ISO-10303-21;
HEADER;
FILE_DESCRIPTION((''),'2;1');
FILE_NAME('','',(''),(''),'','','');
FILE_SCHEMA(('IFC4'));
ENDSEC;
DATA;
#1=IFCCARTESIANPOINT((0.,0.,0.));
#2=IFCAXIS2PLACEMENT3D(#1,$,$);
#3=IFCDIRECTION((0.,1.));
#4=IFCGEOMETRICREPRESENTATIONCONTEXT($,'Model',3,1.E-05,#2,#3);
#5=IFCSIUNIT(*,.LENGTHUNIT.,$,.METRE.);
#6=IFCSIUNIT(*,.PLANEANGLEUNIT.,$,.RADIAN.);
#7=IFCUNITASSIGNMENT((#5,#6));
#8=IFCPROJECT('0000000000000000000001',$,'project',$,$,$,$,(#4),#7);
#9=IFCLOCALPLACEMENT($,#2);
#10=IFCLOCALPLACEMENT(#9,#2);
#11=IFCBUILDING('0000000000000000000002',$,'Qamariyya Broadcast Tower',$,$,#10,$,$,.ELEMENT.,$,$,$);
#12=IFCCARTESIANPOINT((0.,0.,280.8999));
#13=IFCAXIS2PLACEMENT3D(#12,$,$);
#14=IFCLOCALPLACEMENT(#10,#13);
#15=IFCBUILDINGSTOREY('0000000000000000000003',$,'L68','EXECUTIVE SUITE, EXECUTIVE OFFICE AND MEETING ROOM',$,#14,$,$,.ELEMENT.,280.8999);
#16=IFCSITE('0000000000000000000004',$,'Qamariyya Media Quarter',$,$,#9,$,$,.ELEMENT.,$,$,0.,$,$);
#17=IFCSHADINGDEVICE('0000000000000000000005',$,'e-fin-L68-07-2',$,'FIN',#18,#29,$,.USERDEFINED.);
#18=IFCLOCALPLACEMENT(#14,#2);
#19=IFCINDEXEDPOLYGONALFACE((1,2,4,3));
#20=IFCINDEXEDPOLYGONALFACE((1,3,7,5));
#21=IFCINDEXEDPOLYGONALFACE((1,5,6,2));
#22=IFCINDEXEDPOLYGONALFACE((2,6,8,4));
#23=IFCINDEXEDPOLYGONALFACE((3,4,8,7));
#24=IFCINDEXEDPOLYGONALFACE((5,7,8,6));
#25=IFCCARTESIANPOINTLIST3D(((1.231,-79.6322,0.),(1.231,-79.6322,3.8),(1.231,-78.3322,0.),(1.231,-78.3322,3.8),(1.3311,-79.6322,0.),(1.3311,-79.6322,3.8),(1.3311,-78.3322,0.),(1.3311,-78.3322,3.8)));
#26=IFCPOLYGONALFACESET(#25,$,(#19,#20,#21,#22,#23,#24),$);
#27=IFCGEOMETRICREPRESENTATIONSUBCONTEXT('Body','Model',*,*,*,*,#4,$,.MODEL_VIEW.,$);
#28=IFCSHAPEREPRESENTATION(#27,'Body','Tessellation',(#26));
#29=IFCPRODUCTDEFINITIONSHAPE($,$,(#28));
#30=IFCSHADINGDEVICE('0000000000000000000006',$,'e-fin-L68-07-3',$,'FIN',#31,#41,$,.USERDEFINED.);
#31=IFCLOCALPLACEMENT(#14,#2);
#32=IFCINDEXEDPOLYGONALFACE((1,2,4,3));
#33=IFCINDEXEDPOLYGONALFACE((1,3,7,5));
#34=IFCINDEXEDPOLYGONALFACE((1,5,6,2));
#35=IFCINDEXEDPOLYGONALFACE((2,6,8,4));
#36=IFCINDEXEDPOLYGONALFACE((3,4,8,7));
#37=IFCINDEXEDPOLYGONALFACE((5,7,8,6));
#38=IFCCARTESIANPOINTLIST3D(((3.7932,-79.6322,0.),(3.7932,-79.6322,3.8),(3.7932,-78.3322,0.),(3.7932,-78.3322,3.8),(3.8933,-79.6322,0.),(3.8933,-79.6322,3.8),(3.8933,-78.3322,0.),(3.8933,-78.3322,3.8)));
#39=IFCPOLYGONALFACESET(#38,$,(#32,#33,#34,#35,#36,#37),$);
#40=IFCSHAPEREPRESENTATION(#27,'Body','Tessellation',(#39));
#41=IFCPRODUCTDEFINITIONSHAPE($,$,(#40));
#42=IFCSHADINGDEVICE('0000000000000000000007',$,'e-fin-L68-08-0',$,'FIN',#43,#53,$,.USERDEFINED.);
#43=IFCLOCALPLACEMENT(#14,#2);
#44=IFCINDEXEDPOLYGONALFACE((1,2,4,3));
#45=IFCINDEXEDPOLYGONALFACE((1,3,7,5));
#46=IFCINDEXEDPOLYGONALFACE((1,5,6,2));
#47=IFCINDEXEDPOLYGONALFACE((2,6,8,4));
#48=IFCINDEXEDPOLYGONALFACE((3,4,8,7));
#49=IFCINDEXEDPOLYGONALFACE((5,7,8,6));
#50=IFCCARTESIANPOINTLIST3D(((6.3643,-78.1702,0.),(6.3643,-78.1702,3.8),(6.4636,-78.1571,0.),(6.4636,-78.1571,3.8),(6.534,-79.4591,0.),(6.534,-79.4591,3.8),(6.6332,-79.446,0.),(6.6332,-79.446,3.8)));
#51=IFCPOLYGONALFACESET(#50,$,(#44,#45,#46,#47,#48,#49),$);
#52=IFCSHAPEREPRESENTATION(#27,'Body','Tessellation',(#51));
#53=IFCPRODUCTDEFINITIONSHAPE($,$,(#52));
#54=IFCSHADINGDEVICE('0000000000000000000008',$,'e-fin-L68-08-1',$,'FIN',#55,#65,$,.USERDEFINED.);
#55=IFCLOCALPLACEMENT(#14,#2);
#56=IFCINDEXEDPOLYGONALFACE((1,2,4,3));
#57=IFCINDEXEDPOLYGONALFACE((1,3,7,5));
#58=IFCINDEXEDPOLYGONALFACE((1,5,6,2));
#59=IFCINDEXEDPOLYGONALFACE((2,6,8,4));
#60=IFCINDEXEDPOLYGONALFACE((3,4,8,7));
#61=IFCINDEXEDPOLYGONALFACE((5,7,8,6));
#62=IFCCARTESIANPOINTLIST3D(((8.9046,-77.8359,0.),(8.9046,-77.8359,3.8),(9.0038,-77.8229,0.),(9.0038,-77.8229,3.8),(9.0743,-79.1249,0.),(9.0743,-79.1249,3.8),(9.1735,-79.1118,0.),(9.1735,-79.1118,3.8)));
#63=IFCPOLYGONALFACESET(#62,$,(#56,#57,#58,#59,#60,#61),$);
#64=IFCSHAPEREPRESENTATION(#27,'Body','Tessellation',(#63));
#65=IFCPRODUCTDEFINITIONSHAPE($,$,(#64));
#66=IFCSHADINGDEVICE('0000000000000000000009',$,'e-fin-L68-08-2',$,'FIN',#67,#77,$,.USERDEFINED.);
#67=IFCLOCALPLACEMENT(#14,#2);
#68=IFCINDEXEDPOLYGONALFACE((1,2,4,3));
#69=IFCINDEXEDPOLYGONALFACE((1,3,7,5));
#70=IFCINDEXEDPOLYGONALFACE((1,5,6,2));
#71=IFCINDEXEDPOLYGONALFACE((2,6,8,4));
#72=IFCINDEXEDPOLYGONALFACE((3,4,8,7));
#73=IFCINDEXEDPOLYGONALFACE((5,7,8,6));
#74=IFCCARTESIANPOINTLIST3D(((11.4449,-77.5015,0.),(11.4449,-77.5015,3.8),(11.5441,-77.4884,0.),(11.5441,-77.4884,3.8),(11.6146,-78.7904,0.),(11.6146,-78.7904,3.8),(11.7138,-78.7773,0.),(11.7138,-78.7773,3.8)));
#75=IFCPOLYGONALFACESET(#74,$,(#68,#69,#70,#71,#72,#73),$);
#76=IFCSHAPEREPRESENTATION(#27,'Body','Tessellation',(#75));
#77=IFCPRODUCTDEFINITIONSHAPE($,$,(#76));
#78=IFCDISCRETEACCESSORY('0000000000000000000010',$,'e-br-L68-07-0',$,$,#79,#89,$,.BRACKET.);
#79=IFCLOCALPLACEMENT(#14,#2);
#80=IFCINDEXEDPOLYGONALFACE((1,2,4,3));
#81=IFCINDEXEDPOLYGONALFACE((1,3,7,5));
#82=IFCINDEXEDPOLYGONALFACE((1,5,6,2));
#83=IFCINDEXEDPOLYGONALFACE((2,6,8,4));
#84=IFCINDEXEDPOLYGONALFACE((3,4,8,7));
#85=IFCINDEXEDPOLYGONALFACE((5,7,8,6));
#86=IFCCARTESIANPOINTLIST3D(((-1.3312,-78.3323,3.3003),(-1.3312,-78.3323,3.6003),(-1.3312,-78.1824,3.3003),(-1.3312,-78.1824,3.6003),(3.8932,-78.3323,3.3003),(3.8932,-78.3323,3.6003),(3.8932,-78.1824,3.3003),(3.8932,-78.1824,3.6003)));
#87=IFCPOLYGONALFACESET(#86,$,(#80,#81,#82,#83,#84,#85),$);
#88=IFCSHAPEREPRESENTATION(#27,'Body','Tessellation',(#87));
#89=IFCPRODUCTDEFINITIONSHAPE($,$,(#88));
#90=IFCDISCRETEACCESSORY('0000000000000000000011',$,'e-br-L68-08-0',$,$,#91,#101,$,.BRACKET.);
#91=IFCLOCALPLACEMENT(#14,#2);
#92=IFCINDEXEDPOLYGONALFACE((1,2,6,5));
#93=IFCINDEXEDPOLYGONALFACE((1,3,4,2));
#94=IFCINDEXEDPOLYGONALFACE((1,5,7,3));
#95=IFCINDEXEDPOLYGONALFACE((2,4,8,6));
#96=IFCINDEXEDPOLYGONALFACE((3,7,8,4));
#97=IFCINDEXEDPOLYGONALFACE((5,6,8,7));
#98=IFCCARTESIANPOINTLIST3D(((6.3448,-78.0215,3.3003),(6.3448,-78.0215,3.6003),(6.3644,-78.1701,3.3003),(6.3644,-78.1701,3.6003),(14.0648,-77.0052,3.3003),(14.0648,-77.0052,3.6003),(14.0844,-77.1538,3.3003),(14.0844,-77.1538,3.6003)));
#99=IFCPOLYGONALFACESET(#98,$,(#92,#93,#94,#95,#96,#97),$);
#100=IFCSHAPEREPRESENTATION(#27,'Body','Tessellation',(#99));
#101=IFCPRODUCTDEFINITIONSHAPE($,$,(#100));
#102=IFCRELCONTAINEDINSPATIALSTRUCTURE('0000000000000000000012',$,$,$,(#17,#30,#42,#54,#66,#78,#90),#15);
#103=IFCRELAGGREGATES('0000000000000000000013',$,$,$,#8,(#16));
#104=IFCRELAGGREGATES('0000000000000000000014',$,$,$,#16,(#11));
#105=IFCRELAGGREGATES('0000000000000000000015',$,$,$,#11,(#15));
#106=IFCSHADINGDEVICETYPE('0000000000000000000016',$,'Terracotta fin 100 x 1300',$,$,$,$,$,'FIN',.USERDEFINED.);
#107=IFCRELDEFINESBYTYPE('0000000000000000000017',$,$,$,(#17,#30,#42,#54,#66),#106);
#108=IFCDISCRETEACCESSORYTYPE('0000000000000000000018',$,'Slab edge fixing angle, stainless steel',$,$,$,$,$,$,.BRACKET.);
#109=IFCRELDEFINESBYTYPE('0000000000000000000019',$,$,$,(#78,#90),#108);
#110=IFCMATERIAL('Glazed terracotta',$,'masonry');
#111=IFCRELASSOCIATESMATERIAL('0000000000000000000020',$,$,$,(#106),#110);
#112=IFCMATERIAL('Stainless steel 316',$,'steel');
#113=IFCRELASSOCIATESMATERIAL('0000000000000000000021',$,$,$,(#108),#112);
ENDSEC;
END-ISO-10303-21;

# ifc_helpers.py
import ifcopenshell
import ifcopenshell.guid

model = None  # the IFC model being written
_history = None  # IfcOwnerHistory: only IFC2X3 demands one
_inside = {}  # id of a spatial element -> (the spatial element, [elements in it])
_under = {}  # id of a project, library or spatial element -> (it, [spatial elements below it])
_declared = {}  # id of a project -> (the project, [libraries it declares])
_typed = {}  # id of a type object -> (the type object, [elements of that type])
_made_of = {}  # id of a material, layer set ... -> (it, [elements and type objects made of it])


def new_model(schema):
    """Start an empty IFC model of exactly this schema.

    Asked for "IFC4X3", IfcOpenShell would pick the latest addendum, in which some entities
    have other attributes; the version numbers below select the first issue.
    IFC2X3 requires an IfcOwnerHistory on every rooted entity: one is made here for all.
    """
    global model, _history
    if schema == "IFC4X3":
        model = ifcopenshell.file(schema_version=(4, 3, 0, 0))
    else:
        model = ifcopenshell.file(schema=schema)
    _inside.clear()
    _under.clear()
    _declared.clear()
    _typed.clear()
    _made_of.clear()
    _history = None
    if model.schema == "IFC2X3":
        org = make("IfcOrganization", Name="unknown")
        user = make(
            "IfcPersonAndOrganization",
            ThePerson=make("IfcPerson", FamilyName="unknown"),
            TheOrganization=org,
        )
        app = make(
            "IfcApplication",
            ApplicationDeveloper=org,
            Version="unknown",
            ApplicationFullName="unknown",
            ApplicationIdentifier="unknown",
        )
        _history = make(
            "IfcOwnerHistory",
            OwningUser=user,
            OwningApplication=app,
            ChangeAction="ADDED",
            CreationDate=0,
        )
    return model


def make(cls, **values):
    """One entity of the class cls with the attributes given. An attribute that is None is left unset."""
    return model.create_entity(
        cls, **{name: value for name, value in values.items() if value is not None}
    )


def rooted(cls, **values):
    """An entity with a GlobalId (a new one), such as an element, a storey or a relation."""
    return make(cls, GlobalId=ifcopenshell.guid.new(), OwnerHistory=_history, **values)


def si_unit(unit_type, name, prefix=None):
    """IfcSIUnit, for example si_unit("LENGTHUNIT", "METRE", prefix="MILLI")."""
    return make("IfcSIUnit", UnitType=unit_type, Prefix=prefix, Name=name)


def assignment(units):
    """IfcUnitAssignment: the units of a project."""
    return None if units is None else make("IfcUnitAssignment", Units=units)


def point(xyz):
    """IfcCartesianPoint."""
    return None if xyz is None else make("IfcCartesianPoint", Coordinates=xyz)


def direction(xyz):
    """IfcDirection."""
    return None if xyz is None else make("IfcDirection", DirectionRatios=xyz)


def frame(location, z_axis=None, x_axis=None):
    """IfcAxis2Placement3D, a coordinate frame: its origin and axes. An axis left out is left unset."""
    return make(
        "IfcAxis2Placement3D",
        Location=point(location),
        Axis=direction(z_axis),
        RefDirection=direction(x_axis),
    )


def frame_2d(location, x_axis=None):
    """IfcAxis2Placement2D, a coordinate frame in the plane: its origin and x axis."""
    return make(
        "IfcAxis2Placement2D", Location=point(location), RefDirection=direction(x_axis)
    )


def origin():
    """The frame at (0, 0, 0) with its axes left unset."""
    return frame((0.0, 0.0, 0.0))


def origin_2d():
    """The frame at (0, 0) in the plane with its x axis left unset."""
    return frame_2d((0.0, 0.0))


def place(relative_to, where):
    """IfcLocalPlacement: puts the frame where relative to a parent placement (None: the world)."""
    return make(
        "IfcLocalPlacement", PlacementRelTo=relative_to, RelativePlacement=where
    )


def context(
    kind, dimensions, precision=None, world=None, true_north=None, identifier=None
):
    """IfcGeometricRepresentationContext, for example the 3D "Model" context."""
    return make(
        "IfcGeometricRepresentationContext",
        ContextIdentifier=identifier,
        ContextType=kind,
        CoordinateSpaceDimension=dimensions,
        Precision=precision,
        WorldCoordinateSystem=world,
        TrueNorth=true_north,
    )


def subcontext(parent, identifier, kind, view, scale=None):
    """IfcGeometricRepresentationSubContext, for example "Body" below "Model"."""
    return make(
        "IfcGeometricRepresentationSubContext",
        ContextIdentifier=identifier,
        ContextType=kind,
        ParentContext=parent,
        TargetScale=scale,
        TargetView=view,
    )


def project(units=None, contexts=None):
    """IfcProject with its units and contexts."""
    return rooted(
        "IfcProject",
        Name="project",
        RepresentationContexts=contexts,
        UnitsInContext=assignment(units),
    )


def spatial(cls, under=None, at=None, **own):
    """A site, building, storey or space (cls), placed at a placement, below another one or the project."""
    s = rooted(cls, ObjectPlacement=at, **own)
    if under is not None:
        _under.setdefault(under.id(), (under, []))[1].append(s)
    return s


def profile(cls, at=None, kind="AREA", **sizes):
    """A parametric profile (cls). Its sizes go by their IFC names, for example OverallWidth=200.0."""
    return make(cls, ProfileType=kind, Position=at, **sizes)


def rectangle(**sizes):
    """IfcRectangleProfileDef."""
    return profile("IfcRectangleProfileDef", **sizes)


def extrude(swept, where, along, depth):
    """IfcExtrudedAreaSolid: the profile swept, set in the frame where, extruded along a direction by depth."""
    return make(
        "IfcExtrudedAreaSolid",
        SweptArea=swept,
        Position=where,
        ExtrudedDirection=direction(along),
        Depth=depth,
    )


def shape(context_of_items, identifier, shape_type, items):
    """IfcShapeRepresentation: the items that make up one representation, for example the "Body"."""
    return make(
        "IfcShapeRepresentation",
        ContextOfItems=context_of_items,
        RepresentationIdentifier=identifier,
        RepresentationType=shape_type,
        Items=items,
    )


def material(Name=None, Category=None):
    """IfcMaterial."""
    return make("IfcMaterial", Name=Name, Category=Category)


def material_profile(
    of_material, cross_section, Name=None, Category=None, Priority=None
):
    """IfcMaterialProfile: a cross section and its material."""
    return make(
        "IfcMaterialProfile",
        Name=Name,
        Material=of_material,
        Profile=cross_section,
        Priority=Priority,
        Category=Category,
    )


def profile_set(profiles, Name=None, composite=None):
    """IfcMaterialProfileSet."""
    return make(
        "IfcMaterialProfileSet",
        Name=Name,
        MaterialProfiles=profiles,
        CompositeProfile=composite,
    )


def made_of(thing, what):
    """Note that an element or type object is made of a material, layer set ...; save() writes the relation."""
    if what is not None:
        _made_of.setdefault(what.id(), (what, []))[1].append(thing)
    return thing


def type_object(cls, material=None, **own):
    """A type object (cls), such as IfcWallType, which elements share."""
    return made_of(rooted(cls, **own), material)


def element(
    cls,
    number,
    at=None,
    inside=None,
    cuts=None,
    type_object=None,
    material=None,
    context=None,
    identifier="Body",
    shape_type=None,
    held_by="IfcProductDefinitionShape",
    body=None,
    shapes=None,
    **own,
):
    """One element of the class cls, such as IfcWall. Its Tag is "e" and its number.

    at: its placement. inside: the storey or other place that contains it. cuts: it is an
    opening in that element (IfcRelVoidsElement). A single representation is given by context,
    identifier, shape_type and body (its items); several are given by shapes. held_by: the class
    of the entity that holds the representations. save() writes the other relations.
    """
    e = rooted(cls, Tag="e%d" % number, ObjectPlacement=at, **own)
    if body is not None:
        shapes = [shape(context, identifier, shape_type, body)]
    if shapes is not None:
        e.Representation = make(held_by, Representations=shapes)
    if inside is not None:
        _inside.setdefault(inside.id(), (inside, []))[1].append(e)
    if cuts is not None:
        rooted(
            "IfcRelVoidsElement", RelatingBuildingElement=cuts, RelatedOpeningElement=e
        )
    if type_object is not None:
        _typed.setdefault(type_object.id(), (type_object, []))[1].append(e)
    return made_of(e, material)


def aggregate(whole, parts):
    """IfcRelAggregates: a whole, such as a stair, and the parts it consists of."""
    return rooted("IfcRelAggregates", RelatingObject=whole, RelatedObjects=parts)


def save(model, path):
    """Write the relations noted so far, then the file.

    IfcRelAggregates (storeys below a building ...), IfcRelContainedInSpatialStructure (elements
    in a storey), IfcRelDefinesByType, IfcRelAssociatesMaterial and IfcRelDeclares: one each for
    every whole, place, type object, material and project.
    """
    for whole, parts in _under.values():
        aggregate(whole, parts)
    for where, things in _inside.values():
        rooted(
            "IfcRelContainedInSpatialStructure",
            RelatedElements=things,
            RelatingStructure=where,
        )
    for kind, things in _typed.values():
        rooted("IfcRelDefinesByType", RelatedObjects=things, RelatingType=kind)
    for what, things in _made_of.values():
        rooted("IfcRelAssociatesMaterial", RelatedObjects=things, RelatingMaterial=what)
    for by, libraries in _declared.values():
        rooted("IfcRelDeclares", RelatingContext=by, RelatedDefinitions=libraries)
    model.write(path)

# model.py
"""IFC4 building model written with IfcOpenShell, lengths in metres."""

from ifc_helpers import new_model, si_unit, direction, frame, origin, origin_2d, place, context, subcontext, project, spatial, rectangle, extrude, material, material_profile, profile_set, type_object, element, save


model = new_model("IFC4")

# Units and contexts
model_context = context("Model", 3, precision=1e-05, world=origin(), true_north=direction((0.0, 1.0)))
body_context = subcontext(model_context, "Body", "Model", "MODEL_VIEW")
ifc_project = project(units=[si_unit("LENGTHUNIT", "METRE"), si_unit("PLANEANGLEUNIT", "RADIAN")], contexts=[model_context])

# Site, building, storey
site_placement = place(None, origin())
site = spatial("IfcSite", under=ifc_project, at=site_placement, Name="Qamariyya Media Quarter", CompositionType="ELEMENT", RefElevation=0.0)
building_placement = place(site_placement, origin())
building = spatial("IfcBuilding", under=site, at=building_placement, Name="Qamariyya Broadcast Tower", CompositionType="ELEMENT")
storey_placement = place(building_placement, frame((0.0, 0.0, 280.8999)))
storey = spatial("IfcBuildingStorey", under=building, at=storey_placement, Name="L68", Description="EXECUTIVE SUITE, EXECUTIVE OFFICE AND MEETING ROOM", CompositionType="ELEMENT", Elevation=280.8999)

# Shading devices
ifc_material_1 = material(Name="Glazed terracotta", Category="masonry")
ifc_material_profile_1 = material_profile(ifc_material_1, rectangle(XDim=1.3, YDim=0.1001, at=origin_2d()))
ifc_profile_set_1 = profile_set([ifc_material_profile_1], Name="Glazed terracotta")
shading_device_type_1 = type_object("IfcShadingDeviceType", Name="Terracotta fin 100 x 1300", ElementType="FIN", PredefinedType="USERDEFINED", material=ifc_profile_set_1)
for number, where, z_axis, x_axis, name in (
    (1, (1.281, -78.9822, 0.0), (0.0, 0.0, 1.0), (0.0, -1.0, 0.0), "e-fin-L68-07-2"),
    (2, (3.8433, -78.9822, 0.0), (0.0, 0.0, 1.0), (0.0, -1.0, 0.0), "e-fin-L68-07-3"),
    (3, (6.4988, -78.8081, 0.0), (0.0, 0.0, 1.0), (0.130526, -0.991445, 0.0), "e-fin-L68-08-0"),
    (4, (9.0391, -78.4739, 0.0), (0.0, 0.0, 1.0), (0.130526, -0.991445, 0.0), "e-fin-L68-08-1"),
    (5, (11.5793, -78.1394, 0.0), (0.0, 0.0, 1.0), (0.130526, -0.991445, 0.0), "e-fin-L68-08-2"),
):
    element("IfcShadingDevice", number, at=place(storey_placement, frame(where, z_axis=z_axis, x_axis=x_axis)), inside=storey, type_object=shading_device_type_1, Name=name, ObjectType="FIN", PredefinedType="USERDEFINED", context=body_context, shape_type="SweptSolid", body=[
        extrude(rectangle(XDim=1.3, YDim=0.1001, at=origin_2d()), origin(), (0.0, 0.0, 1.0), 3.8),
    ])

# Discrete accessories
ifc_material_2 = material(Name="Stainless steel 316", Category="steel")
discrete_accessory_type = type_object("IfcDiscreteAccessoryType", Name="Slab edge fixing angle, stainless steel", PredefinedType="BRACKET", material=ifc_material_2)
discrete_accessory_1_placement = place(storey_placement, frame((1.281, -78.2573, 3.3003), z_axis=(0.0, 0.0, 1.0), x_axis=(1.0, 0.0, 0.0)))
element("IfcDiscreteAccessory", 6, at=discrete_accessory_1_placement, inside=storey, type_object=discrete_accessory_type, Name="e-br-L68-07-0", PredefinedType="BRACKET", context=body_context, shape_type="SweptSolid", body=[
    extrude(rectangle(XDim=5.2244, YDim=0.1499, at=origin_2d()), origin(), (0.0, 0.0, 1.0), 0.3),
])
discrete_accessory_2_placement = place(storey_placement, frame((10.2146, -77.5876, 3.3003), z_axis=(0.0, 0.0, 1.0), x_axis=(0.991445, 0.130526, 0.0)))
element("IfcDiscreteAccessory", 7, at=discrete_accessory_2_placement, inside=storey, type_object=discrete_accessory_type, Name="e-br-L68-08-0", PredefinedType="BRACKET", context=body_context, shape_type="SweptSolid", body=[
    extrude(rectangle(XDim=7.7866, YDim=0.1499, at=origin_2d()), origin(), (0.0, 0.0, 1.0), 0.3),
])

save(model, "model.ifc")
